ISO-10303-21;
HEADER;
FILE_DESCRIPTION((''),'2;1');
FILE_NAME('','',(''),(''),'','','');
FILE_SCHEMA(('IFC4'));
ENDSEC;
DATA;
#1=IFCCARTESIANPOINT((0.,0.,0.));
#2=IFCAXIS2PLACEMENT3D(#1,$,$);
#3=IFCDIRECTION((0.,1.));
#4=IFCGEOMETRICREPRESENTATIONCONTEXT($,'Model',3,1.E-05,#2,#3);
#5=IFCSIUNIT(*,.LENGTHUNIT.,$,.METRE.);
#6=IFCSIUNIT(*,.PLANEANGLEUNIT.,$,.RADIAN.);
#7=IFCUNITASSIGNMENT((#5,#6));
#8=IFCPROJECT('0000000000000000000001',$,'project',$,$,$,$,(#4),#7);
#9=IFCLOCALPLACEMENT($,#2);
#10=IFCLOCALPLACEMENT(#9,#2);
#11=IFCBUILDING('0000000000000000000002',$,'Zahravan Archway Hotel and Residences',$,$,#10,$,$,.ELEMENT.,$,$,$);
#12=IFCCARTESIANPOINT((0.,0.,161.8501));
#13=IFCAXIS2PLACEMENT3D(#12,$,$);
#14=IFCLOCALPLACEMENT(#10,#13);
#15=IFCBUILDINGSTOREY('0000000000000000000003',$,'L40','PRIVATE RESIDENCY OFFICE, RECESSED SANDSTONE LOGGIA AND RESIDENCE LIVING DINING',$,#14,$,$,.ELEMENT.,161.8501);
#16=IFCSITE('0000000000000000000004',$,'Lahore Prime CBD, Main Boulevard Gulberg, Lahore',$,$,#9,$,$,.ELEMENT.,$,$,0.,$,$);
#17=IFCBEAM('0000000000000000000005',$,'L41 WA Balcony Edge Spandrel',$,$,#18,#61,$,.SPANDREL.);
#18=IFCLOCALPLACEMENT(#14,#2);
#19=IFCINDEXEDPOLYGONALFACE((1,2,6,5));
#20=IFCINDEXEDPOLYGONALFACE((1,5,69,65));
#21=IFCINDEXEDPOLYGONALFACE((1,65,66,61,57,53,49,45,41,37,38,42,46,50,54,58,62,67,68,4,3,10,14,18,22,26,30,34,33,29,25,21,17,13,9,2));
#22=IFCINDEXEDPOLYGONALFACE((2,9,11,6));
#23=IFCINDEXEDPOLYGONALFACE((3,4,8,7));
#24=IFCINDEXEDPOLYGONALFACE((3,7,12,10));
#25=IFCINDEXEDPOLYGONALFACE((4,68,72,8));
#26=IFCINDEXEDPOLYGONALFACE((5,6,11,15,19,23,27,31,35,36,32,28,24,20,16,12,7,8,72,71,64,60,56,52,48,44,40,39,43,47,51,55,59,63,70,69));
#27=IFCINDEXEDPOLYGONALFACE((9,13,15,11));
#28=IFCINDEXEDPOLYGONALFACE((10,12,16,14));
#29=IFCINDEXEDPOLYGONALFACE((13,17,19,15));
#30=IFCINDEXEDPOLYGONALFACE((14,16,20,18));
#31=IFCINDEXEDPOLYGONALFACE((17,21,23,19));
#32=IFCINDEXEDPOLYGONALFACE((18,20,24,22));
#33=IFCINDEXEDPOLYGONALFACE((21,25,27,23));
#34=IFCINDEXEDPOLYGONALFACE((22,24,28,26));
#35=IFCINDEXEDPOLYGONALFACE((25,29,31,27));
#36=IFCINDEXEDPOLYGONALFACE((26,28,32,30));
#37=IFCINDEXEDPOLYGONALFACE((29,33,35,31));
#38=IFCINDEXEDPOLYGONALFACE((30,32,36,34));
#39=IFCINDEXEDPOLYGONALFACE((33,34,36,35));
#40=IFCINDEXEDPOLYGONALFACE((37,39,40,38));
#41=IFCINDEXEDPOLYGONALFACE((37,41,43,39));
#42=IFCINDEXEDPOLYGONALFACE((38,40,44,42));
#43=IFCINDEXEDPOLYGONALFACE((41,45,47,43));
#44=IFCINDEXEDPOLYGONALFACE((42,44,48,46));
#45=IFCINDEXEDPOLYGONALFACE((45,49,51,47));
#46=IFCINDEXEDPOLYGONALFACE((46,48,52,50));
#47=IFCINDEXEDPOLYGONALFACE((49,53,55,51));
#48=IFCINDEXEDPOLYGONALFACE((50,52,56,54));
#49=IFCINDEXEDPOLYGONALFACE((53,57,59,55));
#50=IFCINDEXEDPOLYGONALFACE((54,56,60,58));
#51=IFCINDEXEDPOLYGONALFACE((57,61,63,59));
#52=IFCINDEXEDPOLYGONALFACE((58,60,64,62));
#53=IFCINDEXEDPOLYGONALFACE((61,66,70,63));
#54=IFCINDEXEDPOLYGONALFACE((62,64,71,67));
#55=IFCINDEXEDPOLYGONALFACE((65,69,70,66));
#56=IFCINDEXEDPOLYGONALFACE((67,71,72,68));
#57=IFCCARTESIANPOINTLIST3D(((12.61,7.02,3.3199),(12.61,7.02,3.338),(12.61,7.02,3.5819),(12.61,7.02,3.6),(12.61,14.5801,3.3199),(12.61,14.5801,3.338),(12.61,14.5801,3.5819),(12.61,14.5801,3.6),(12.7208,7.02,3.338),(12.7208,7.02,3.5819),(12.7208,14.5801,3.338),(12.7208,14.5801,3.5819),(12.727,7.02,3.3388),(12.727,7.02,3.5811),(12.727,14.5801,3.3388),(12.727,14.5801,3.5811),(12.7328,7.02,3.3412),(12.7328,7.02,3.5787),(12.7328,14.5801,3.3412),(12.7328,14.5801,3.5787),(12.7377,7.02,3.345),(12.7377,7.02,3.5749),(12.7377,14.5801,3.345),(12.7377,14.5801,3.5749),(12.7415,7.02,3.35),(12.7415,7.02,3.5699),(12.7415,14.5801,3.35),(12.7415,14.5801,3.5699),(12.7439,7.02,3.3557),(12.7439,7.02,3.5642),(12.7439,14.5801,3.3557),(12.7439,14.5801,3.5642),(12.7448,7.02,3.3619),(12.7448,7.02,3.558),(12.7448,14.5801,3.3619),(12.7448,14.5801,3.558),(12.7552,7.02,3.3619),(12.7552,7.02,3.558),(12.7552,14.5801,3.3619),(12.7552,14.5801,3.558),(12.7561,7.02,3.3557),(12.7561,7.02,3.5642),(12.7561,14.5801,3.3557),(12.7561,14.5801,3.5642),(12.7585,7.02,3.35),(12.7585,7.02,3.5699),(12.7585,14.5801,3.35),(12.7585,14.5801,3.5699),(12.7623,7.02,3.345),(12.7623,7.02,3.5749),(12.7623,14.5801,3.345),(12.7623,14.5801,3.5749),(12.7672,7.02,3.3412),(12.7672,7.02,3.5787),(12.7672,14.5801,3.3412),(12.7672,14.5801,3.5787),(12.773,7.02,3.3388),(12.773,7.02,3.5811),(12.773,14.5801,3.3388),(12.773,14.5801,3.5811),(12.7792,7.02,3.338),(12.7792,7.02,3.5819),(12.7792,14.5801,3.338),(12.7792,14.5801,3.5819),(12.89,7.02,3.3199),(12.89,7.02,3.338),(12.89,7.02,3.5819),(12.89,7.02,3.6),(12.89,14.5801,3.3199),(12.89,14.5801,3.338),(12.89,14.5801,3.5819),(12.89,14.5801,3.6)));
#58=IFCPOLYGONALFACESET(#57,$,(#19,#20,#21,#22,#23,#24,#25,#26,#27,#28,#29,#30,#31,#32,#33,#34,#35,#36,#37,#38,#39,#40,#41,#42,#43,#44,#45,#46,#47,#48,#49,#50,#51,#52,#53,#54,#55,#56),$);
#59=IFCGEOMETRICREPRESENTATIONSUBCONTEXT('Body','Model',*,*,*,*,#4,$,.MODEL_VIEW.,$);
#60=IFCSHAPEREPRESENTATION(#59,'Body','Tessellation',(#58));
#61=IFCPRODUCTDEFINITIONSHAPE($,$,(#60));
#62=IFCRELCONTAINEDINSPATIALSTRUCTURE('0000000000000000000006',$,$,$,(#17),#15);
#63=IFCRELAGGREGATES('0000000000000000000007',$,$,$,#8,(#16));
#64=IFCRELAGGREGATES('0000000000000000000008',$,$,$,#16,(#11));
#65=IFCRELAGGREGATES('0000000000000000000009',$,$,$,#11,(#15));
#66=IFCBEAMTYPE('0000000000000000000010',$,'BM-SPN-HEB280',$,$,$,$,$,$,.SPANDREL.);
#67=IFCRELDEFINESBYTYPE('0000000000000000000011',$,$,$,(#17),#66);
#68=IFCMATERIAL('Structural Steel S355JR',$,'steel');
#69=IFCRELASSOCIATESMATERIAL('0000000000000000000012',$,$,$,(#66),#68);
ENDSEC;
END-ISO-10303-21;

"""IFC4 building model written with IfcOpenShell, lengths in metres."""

from ifc_helpers import new_model, si_unit, direction, frame, origin, origin_2d, place, context, subcontext, project, spatial, i_section, extrude, source, transform, mapped, material, material_profile, profile_set, type_object, type_shapes, element, save


model = new_model("IFC4")

# Units and contexts
model_context = context("Model", 3, precision=1e-05, world=origin(), true_north=direction((0.0, 1.0)))
body_context = subcontext(model_context, "Body", "Model", "MODEL_VIEW")
ifc_project = project(units=[si_unit("LENGTHUNIT", "METRE"), si_unit("PLANEANGLEUNIT", "RADIAN")], contexts=[model_context])

# Site, building, storey
site_placement = place(None, origin())
site = spatial("IfcSite", under=ifc_project, at=site_placement, Name="Lahore Prime CBD, Main Boulevard Gulberg, Lahore", CompositionType="ELEMENT", RefElevation=0.0)
building_placement = place(site_placement, origin())
building = spatial("IfcBuilding", under=site, at=building_placement, Name="Zahravan Archway Hotel and Residences", CompositionType="ELEMENT")
storey_placement = place(building_placement, frame((0.0, 0.0, 161.8501)))
storey = spatial("IfcBuildingStorey", under=building, at=storey_placement, Name="L40", Description="PRIVATE RESIDENCY OFFICE, RECESSED SANDSTONE LOGGIA AND RESIDENCE LIVING DINING", CompositionType="ELEMENT", Elevation=161.8501)

# Beam
ifc_material_1 = material(Name="Structural Steel S355JR", Category="steel")
ifc_material_profile = material_profile(ifc_material_1, i_section(OverallWidth=0.28, OverallDepth=0.28, WebThickness=0.0105, FlangeThickness=0.0181, FilletRadius=0.0239, at=origin_2d()), Name="HEB 280", Category="steel")
ifc_profile_set = profile_set([ifc_material_profile], Name="Structural Steel S355JR")
beam_type = type_object("IfcBeamType", Name="BM-SPN-HEB280", PredefinedType="SPANDREL", material=ifc_profile_set)
shared_shape_1 = source(origin(), body_context, "Body", "SweptSolid", [
    extrude(i_section(OverallWidth=0.28, OverallDepth=0.28, WebThickness=0.0105, FlangeThickness=0.0181, FilletRadius=0.0239, at=origin_2d()), origin(), (0.0, 0.0, 1.0), 7.5601),
])
type_shapes(beam_type, [shared_shape_1])
beam_placement = place(storey_placement, frame((12.75, 7.02, 3.46), z_axis=(0.0, 1.0, 0.0), x_axis=(-1.0, 0.0, 0.0)))
element("IfcBeam", 1, at=beam_placement, inside=storey, type_object=beam_type, Name="L41 WA Balcony Edge Spandrel", PredefinedType="SPANDREL", context=body_context, shape_type="MappedRepresentation", body=[
    mapped(shared_shape_1, transform((0.0, 0.0, 0.0), scale=1.0)),
])

save(model, "model.ifc")
